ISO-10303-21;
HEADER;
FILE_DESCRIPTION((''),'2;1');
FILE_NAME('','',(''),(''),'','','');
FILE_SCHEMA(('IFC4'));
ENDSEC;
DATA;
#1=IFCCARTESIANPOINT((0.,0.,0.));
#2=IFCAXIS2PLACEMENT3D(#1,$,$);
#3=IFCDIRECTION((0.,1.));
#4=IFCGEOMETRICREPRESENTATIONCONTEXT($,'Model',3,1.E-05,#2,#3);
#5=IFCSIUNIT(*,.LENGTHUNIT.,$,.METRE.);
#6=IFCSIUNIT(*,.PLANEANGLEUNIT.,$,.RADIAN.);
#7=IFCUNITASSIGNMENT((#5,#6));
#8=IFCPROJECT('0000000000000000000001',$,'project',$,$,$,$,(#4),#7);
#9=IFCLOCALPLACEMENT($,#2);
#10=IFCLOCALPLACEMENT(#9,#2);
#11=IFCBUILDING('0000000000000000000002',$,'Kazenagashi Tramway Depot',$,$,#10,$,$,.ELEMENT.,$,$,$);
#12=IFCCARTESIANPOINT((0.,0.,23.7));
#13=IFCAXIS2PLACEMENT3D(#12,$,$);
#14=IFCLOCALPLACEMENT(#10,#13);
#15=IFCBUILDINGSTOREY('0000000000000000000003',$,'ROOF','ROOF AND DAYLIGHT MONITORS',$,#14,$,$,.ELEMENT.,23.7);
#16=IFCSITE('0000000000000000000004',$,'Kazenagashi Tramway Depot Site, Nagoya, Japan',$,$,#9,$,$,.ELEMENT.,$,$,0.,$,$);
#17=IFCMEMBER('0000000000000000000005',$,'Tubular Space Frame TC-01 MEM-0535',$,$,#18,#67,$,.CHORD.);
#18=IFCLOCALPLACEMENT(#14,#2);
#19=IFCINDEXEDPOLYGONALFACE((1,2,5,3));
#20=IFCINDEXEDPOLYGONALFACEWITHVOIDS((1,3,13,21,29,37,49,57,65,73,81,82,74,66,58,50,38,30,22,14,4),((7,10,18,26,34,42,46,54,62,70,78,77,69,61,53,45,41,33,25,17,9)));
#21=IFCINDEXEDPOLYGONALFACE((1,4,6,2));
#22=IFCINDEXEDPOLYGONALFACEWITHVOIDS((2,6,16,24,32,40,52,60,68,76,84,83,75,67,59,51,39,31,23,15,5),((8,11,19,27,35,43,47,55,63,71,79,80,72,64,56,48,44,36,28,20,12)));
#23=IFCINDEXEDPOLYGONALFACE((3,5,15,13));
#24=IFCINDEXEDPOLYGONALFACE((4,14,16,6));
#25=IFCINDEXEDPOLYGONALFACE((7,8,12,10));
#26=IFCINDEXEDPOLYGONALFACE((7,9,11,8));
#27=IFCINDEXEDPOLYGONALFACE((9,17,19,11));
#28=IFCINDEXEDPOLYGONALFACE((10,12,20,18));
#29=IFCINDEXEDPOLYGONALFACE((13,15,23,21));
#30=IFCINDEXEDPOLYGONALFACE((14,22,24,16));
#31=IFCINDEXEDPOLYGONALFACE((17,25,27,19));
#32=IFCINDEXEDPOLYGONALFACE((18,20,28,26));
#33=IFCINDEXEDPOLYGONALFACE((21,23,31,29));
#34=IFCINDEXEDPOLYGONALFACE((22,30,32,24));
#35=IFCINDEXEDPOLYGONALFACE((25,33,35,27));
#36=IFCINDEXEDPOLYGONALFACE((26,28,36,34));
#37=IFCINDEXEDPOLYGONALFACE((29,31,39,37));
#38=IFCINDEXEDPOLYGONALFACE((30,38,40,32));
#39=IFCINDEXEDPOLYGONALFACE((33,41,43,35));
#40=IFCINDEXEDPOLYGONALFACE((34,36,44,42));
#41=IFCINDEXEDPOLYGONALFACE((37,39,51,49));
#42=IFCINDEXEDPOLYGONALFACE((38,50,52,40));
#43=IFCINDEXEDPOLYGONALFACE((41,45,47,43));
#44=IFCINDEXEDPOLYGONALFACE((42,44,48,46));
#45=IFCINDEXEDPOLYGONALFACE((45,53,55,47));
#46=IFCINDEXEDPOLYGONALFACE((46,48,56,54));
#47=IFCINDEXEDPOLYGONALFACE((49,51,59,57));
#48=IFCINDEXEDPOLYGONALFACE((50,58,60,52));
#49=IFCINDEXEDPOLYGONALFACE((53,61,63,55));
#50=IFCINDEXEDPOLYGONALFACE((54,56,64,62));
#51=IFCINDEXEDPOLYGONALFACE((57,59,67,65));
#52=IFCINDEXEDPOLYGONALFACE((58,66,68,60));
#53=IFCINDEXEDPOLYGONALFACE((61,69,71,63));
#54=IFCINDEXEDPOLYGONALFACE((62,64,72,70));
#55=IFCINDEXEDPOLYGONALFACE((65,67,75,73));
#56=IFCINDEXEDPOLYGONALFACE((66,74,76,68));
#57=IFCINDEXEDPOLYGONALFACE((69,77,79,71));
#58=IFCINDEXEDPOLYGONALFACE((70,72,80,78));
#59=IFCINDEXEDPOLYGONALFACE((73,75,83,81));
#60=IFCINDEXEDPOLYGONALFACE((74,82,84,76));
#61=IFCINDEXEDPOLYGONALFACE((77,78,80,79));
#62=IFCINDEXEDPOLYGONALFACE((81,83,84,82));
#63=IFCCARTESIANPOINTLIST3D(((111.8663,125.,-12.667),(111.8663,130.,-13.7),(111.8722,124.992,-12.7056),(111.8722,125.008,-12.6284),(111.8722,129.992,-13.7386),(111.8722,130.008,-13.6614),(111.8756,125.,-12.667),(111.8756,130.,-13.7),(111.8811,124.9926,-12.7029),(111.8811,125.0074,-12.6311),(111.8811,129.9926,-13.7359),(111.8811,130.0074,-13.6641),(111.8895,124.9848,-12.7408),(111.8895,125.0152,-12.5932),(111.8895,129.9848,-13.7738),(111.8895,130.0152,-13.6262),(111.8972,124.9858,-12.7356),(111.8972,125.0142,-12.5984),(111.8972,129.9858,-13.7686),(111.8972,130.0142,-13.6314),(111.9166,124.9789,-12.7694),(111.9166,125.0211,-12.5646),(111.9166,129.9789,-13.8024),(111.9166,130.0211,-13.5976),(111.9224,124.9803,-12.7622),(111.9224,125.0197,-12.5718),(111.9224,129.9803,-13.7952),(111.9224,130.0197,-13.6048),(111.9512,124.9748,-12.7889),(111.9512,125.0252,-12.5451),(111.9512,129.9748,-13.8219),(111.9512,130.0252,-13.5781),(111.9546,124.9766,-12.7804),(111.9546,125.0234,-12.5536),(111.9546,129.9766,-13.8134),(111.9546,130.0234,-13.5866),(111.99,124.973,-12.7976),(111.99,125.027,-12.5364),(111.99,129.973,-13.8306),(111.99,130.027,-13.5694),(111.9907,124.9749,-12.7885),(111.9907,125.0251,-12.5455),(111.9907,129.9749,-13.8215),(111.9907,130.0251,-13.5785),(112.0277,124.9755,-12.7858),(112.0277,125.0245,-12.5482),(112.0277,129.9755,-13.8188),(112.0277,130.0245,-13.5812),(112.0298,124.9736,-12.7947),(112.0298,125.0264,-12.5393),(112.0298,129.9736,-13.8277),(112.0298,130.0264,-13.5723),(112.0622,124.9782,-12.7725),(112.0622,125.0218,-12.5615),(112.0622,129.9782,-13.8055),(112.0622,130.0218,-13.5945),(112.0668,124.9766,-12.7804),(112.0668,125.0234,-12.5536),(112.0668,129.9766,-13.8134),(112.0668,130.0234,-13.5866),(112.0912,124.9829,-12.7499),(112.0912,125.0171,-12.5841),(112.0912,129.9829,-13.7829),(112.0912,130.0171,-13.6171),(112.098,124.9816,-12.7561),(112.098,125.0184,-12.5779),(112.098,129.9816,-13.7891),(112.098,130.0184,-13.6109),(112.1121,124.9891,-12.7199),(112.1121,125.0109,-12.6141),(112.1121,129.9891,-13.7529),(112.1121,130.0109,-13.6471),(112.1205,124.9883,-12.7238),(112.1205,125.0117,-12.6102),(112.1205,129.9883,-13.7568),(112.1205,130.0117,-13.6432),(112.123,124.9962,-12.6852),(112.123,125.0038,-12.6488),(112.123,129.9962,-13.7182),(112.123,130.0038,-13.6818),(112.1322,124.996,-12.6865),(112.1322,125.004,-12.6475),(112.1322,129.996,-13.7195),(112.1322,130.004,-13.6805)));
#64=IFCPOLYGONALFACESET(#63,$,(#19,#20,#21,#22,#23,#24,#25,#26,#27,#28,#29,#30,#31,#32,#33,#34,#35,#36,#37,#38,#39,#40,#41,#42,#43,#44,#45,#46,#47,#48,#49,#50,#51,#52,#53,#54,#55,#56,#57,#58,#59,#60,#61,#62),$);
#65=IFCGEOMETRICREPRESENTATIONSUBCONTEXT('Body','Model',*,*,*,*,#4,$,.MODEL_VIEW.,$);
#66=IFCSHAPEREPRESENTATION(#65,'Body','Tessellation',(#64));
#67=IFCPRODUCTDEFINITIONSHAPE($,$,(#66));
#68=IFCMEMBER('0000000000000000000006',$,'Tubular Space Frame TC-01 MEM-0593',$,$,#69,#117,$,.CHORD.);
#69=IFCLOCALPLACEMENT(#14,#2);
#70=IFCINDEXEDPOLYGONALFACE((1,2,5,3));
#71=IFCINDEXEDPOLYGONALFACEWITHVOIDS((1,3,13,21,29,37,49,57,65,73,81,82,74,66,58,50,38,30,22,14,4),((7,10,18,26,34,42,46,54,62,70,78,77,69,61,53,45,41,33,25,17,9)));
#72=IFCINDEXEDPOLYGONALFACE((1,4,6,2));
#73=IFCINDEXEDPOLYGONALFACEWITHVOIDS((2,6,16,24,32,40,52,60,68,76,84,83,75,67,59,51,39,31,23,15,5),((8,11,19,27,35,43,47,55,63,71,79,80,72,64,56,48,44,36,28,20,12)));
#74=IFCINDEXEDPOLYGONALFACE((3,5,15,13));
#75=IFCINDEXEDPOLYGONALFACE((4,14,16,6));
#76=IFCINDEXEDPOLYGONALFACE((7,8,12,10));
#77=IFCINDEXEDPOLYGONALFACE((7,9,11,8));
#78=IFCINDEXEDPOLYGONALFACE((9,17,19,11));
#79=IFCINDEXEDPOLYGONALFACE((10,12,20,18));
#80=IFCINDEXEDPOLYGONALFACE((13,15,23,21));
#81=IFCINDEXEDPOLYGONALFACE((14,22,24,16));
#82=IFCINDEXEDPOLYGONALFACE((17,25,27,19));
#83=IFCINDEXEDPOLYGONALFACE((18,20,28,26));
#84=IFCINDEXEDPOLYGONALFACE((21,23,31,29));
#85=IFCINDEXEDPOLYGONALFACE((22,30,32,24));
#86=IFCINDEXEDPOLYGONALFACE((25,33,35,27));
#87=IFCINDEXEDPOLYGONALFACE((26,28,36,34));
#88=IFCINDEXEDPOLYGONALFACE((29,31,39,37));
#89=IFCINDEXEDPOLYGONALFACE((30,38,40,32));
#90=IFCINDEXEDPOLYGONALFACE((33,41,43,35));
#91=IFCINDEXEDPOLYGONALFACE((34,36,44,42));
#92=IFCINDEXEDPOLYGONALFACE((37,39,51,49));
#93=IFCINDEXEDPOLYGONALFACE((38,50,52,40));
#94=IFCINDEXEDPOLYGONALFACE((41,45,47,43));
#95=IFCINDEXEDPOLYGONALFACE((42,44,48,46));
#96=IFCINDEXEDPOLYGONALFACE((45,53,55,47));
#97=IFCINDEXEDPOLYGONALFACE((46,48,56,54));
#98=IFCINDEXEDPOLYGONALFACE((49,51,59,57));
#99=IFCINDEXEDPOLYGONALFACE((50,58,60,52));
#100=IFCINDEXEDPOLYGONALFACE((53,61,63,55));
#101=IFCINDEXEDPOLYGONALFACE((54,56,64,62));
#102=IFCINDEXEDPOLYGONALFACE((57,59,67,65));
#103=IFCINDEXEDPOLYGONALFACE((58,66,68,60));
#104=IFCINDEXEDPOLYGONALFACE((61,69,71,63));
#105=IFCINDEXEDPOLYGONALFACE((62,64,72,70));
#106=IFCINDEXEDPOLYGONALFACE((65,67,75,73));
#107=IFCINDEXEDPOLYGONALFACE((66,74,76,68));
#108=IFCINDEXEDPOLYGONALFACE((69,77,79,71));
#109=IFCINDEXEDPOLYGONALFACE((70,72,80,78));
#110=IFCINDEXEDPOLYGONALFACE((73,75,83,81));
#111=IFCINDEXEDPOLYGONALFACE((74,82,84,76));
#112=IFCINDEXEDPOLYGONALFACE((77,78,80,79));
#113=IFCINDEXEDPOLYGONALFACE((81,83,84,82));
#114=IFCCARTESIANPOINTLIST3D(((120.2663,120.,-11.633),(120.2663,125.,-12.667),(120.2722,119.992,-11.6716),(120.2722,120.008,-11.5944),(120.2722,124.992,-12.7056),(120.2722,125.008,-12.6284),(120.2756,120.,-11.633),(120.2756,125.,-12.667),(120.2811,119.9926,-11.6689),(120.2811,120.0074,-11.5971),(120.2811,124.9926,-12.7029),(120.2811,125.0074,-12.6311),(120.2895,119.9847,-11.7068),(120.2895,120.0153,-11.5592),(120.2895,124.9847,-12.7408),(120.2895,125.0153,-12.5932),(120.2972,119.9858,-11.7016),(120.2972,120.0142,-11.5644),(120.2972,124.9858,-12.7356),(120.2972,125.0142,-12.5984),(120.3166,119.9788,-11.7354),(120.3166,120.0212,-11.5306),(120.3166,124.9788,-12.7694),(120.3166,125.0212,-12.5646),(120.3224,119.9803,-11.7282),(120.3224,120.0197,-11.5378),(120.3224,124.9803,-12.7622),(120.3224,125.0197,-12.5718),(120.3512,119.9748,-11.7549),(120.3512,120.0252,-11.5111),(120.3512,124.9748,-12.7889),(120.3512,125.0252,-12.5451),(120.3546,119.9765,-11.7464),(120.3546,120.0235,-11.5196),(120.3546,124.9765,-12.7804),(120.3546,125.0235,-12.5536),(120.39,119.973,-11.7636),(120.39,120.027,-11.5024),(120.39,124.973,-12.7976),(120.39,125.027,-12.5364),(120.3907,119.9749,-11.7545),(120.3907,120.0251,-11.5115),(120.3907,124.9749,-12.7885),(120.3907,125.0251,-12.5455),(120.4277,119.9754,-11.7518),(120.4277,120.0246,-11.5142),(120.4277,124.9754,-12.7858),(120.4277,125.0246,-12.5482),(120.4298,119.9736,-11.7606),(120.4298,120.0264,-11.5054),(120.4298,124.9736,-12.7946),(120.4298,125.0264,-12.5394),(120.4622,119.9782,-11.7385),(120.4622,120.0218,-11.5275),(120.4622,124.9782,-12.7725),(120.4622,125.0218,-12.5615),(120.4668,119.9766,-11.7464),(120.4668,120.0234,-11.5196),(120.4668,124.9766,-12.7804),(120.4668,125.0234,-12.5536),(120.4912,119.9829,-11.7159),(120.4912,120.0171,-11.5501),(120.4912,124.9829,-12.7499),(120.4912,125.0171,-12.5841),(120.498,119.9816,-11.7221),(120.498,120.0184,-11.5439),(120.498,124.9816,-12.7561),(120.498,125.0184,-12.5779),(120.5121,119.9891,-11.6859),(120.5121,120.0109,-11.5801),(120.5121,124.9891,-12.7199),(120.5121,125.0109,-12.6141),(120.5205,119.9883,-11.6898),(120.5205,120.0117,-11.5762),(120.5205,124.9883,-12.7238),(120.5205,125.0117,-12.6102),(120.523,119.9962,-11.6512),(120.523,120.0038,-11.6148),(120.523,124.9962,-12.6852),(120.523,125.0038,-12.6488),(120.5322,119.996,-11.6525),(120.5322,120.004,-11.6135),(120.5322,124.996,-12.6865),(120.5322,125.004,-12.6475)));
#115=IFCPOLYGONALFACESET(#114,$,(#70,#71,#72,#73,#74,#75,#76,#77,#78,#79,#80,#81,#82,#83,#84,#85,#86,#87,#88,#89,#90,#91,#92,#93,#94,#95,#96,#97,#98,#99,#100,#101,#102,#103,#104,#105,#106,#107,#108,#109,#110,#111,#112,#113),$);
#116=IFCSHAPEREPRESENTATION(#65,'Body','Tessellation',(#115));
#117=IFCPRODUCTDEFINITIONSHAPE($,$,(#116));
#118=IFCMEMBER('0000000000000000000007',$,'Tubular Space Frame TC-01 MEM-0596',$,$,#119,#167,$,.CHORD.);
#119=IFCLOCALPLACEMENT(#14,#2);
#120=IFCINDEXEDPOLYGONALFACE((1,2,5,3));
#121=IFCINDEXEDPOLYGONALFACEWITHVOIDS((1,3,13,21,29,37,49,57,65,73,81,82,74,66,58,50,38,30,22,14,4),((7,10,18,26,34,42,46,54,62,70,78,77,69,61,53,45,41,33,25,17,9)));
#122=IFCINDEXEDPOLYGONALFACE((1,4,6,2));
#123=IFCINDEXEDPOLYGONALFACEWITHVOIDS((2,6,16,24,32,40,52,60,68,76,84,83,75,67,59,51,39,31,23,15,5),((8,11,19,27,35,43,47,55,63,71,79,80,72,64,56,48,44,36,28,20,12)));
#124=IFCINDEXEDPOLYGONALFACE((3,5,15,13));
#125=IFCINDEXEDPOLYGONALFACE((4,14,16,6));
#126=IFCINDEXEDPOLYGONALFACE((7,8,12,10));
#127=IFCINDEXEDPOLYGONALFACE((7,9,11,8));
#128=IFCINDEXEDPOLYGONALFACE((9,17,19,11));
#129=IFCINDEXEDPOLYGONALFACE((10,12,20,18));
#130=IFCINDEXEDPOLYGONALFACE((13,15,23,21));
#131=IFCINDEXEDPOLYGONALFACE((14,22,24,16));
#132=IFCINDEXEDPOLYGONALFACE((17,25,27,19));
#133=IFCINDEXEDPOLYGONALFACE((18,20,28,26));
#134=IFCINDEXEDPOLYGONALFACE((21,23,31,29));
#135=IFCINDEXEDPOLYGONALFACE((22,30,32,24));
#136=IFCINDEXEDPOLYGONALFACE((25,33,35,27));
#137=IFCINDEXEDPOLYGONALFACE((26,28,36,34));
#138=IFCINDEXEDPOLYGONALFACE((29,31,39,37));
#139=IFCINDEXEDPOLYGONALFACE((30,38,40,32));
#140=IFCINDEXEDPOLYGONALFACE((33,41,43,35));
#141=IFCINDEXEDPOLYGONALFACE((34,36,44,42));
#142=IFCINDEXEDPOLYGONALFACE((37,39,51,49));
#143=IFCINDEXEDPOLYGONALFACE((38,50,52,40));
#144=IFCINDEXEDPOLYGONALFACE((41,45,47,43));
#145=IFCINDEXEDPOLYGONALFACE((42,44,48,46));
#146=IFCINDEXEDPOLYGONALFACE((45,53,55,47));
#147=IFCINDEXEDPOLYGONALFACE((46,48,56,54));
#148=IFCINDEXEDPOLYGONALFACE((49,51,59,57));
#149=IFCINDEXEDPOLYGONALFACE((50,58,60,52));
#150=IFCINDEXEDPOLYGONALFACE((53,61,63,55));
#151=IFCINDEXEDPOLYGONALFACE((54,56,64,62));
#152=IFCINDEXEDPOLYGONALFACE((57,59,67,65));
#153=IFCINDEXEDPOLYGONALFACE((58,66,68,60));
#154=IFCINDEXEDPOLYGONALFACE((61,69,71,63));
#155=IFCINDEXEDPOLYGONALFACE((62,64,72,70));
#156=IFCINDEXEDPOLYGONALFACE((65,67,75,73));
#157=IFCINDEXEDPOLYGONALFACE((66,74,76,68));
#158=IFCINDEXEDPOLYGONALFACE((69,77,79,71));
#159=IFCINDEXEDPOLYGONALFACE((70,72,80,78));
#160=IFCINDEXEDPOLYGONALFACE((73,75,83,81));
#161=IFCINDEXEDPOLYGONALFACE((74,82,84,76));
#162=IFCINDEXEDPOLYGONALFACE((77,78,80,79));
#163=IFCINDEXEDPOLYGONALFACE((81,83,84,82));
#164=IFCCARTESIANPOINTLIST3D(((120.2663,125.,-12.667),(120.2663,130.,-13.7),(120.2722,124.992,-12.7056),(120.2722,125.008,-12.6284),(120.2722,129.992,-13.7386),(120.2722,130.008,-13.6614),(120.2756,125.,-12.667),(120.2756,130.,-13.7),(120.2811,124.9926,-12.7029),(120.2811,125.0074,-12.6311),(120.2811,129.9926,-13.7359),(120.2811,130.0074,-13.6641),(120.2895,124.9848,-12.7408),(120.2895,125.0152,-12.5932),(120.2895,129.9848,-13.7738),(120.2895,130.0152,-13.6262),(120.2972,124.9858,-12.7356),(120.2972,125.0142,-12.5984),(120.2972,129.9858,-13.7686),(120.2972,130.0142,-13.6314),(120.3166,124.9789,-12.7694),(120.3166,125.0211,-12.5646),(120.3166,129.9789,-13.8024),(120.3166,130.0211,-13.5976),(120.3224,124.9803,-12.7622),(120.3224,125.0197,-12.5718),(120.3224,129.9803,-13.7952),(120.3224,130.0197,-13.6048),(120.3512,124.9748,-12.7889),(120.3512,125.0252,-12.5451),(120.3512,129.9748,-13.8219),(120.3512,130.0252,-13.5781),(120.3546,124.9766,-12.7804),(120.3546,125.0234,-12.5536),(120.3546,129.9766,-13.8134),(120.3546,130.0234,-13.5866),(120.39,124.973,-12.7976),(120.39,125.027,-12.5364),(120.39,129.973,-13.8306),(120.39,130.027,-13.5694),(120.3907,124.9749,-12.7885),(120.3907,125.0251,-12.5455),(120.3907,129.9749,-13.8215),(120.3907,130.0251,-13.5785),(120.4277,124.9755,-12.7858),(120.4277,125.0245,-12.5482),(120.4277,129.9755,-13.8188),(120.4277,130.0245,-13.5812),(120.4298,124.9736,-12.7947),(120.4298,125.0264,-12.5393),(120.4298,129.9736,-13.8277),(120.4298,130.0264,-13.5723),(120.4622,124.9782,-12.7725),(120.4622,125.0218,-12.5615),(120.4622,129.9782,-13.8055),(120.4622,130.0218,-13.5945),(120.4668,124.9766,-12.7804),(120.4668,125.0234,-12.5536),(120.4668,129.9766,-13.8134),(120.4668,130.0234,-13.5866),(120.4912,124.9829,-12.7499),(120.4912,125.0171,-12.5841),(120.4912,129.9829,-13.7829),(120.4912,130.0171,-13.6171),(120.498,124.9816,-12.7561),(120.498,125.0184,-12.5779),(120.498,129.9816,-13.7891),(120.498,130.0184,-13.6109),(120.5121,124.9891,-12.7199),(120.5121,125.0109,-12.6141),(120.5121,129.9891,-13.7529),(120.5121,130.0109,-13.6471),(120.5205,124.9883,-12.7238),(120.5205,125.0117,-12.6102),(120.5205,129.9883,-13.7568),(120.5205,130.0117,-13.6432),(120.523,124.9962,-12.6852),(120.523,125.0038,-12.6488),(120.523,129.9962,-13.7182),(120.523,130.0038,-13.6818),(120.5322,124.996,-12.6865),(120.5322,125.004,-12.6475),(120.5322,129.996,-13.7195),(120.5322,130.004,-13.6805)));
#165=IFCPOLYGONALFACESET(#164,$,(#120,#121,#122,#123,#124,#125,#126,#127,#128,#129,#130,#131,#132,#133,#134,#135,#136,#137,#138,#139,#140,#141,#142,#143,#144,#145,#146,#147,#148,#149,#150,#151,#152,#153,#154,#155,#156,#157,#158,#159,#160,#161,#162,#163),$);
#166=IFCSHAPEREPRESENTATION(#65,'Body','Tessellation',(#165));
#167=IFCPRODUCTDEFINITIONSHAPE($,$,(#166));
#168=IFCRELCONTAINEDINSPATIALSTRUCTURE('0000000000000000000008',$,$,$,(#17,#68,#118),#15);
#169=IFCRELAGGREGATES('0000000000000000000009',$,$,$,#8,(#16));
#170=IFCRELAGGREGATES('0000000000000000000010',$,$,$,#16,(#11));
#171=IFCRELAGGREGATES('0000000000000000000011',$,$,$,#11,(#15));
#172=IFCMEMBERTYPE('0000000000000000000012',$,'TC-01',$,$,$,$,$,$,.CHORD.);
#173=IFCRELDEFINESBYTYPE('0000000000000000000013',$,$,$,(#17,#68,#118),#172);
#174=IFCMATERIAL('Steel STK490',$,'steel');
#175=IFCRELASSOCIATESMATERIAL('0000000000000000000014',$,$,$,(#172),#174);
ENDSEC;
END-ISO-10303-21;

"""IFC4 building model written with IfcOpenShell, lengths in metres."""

from ifc_helpers import new_model, si_unit, direction, frame, origin, origin_2d, place, context, subcontext, project, spatial, hollow_circle, extrude, material, material_profile, profile_set, type_object, element, save


model = new_model("IFC4")

# Units and contexts
model_context = context("Model", 3, precision=1e-05, world=origin(), true_north=direction((0.0, 1.0)))
body_context = subcontext(model_context, "Body", "Model", "MODEL_VIEW")
ifc_project = project(units=[si_unit("LENGTHUNIT", "METRE"), si_unit("PLANEANGLEUNIT", "RADIAN")], contexts=[model_context])

# Site, building, storey
site_placement = place(None, origin())
site = spatial("IfcSite", under=ifc_project, at=site_placement, Name="Kazenagashi Tramway Depot Site, Nagoya, Japan", CompositionType="ELEMENT", RefElevation=0.0)
building_placement = place(site_placement, origin())
building = spatial("IfcBuilding", under=site, at=building_placement, Name="Kazenagashi Tramway Depot", CompositionType="ELEMENT")
storey_placement = place(building_placement, frame((0.0, 0.0, 23.7)))
storey = spatial("IfcBuildingStorey", under=building, at=storey_placement, Name="ROOF", Description="ROOF AND DAYLIGHT MONITORS", CompositionType="ELEMENT", Elevation=23.7)

# Members
ifc_material_1 = material(Name="Steel STK490", Category="steel")
ifc_material_profile_1 = material_profile(ifc_material_1, hollow_circle(Radius=0.1337, WallThickness=0.0093, at=origin_2d()), Name="CHS-267.4x9.3")
ifc_profile_set_1 = profile_set([ifc_material_profile_1], Name="Steel STK490")
member_type_1 = type_object("IfcMemberType", Name="TC-01", PredefinedType="CHORD", material=ifc_profile_set_1)
member_1_placement = place(storey_placement, frame((112.0, 125.0, -12.667), z_axis=(0.0, 0.979318, -0.202327), x_axis=(-1.0, 0.0, 0.0)))
element("IfcMember", 1, at=member_1_placement, inside=storey, type_object=member_type_1, Name="Tubular Space Frame TC-01 MEM-0535", PredefinedType="CHORD", context=body_context, shape_type="SweptSolid", body=[
    extrude(hollow_circle(Radius=0.1337, WallThickness=0.0093, at=origin_2d()), origin(), (0.0, 0.0, 1.0), 5.1056),
])
member_2_placement = place(storey_placement, frame((120.4, 120.0, -11.633), z_axis=(0.0, 0.979279, -0.202515), x_axis=(-1.0, 0.0, 0.0)))
element("IfcMember", 2, at=member_2_placement, inside=storey, type_object=member_type_1, Name="Tubular Space Frame TC-01 MEM-0593", PredefinedType="CHORD", context=body_context, shape_type="SweptSolid", body=[
    extrude(hollow_circle(Radius=0.1337, WallThickness=0.0093, at=origin_2d()), origin(), (0.0, 0.0, 1.0), 5.1058),
])
member_3_placement = place(storey_placement, frame((120.4, 125.0, -12.667), z_axis=(0.0, 0.979318, -0.202327), x_axis=(-1.0, 0.0, 0.0)))
element("IfcMember", 3, at=member_3_placement, inside=storey, type_object=member_type_1, Name="Tubular Space Frame TC-01 MEM-0596", PredefinedType="CHORD", context=body_context, shape_type="SweptSolid", body=[
    extrude(hollow_circle(Radius=0.1337, WallThickness=0.0093, at=origin_2d()), origin(), (0.0, 0.0, 1.0), 5.1056),
])

save(model, "model.ifc")
